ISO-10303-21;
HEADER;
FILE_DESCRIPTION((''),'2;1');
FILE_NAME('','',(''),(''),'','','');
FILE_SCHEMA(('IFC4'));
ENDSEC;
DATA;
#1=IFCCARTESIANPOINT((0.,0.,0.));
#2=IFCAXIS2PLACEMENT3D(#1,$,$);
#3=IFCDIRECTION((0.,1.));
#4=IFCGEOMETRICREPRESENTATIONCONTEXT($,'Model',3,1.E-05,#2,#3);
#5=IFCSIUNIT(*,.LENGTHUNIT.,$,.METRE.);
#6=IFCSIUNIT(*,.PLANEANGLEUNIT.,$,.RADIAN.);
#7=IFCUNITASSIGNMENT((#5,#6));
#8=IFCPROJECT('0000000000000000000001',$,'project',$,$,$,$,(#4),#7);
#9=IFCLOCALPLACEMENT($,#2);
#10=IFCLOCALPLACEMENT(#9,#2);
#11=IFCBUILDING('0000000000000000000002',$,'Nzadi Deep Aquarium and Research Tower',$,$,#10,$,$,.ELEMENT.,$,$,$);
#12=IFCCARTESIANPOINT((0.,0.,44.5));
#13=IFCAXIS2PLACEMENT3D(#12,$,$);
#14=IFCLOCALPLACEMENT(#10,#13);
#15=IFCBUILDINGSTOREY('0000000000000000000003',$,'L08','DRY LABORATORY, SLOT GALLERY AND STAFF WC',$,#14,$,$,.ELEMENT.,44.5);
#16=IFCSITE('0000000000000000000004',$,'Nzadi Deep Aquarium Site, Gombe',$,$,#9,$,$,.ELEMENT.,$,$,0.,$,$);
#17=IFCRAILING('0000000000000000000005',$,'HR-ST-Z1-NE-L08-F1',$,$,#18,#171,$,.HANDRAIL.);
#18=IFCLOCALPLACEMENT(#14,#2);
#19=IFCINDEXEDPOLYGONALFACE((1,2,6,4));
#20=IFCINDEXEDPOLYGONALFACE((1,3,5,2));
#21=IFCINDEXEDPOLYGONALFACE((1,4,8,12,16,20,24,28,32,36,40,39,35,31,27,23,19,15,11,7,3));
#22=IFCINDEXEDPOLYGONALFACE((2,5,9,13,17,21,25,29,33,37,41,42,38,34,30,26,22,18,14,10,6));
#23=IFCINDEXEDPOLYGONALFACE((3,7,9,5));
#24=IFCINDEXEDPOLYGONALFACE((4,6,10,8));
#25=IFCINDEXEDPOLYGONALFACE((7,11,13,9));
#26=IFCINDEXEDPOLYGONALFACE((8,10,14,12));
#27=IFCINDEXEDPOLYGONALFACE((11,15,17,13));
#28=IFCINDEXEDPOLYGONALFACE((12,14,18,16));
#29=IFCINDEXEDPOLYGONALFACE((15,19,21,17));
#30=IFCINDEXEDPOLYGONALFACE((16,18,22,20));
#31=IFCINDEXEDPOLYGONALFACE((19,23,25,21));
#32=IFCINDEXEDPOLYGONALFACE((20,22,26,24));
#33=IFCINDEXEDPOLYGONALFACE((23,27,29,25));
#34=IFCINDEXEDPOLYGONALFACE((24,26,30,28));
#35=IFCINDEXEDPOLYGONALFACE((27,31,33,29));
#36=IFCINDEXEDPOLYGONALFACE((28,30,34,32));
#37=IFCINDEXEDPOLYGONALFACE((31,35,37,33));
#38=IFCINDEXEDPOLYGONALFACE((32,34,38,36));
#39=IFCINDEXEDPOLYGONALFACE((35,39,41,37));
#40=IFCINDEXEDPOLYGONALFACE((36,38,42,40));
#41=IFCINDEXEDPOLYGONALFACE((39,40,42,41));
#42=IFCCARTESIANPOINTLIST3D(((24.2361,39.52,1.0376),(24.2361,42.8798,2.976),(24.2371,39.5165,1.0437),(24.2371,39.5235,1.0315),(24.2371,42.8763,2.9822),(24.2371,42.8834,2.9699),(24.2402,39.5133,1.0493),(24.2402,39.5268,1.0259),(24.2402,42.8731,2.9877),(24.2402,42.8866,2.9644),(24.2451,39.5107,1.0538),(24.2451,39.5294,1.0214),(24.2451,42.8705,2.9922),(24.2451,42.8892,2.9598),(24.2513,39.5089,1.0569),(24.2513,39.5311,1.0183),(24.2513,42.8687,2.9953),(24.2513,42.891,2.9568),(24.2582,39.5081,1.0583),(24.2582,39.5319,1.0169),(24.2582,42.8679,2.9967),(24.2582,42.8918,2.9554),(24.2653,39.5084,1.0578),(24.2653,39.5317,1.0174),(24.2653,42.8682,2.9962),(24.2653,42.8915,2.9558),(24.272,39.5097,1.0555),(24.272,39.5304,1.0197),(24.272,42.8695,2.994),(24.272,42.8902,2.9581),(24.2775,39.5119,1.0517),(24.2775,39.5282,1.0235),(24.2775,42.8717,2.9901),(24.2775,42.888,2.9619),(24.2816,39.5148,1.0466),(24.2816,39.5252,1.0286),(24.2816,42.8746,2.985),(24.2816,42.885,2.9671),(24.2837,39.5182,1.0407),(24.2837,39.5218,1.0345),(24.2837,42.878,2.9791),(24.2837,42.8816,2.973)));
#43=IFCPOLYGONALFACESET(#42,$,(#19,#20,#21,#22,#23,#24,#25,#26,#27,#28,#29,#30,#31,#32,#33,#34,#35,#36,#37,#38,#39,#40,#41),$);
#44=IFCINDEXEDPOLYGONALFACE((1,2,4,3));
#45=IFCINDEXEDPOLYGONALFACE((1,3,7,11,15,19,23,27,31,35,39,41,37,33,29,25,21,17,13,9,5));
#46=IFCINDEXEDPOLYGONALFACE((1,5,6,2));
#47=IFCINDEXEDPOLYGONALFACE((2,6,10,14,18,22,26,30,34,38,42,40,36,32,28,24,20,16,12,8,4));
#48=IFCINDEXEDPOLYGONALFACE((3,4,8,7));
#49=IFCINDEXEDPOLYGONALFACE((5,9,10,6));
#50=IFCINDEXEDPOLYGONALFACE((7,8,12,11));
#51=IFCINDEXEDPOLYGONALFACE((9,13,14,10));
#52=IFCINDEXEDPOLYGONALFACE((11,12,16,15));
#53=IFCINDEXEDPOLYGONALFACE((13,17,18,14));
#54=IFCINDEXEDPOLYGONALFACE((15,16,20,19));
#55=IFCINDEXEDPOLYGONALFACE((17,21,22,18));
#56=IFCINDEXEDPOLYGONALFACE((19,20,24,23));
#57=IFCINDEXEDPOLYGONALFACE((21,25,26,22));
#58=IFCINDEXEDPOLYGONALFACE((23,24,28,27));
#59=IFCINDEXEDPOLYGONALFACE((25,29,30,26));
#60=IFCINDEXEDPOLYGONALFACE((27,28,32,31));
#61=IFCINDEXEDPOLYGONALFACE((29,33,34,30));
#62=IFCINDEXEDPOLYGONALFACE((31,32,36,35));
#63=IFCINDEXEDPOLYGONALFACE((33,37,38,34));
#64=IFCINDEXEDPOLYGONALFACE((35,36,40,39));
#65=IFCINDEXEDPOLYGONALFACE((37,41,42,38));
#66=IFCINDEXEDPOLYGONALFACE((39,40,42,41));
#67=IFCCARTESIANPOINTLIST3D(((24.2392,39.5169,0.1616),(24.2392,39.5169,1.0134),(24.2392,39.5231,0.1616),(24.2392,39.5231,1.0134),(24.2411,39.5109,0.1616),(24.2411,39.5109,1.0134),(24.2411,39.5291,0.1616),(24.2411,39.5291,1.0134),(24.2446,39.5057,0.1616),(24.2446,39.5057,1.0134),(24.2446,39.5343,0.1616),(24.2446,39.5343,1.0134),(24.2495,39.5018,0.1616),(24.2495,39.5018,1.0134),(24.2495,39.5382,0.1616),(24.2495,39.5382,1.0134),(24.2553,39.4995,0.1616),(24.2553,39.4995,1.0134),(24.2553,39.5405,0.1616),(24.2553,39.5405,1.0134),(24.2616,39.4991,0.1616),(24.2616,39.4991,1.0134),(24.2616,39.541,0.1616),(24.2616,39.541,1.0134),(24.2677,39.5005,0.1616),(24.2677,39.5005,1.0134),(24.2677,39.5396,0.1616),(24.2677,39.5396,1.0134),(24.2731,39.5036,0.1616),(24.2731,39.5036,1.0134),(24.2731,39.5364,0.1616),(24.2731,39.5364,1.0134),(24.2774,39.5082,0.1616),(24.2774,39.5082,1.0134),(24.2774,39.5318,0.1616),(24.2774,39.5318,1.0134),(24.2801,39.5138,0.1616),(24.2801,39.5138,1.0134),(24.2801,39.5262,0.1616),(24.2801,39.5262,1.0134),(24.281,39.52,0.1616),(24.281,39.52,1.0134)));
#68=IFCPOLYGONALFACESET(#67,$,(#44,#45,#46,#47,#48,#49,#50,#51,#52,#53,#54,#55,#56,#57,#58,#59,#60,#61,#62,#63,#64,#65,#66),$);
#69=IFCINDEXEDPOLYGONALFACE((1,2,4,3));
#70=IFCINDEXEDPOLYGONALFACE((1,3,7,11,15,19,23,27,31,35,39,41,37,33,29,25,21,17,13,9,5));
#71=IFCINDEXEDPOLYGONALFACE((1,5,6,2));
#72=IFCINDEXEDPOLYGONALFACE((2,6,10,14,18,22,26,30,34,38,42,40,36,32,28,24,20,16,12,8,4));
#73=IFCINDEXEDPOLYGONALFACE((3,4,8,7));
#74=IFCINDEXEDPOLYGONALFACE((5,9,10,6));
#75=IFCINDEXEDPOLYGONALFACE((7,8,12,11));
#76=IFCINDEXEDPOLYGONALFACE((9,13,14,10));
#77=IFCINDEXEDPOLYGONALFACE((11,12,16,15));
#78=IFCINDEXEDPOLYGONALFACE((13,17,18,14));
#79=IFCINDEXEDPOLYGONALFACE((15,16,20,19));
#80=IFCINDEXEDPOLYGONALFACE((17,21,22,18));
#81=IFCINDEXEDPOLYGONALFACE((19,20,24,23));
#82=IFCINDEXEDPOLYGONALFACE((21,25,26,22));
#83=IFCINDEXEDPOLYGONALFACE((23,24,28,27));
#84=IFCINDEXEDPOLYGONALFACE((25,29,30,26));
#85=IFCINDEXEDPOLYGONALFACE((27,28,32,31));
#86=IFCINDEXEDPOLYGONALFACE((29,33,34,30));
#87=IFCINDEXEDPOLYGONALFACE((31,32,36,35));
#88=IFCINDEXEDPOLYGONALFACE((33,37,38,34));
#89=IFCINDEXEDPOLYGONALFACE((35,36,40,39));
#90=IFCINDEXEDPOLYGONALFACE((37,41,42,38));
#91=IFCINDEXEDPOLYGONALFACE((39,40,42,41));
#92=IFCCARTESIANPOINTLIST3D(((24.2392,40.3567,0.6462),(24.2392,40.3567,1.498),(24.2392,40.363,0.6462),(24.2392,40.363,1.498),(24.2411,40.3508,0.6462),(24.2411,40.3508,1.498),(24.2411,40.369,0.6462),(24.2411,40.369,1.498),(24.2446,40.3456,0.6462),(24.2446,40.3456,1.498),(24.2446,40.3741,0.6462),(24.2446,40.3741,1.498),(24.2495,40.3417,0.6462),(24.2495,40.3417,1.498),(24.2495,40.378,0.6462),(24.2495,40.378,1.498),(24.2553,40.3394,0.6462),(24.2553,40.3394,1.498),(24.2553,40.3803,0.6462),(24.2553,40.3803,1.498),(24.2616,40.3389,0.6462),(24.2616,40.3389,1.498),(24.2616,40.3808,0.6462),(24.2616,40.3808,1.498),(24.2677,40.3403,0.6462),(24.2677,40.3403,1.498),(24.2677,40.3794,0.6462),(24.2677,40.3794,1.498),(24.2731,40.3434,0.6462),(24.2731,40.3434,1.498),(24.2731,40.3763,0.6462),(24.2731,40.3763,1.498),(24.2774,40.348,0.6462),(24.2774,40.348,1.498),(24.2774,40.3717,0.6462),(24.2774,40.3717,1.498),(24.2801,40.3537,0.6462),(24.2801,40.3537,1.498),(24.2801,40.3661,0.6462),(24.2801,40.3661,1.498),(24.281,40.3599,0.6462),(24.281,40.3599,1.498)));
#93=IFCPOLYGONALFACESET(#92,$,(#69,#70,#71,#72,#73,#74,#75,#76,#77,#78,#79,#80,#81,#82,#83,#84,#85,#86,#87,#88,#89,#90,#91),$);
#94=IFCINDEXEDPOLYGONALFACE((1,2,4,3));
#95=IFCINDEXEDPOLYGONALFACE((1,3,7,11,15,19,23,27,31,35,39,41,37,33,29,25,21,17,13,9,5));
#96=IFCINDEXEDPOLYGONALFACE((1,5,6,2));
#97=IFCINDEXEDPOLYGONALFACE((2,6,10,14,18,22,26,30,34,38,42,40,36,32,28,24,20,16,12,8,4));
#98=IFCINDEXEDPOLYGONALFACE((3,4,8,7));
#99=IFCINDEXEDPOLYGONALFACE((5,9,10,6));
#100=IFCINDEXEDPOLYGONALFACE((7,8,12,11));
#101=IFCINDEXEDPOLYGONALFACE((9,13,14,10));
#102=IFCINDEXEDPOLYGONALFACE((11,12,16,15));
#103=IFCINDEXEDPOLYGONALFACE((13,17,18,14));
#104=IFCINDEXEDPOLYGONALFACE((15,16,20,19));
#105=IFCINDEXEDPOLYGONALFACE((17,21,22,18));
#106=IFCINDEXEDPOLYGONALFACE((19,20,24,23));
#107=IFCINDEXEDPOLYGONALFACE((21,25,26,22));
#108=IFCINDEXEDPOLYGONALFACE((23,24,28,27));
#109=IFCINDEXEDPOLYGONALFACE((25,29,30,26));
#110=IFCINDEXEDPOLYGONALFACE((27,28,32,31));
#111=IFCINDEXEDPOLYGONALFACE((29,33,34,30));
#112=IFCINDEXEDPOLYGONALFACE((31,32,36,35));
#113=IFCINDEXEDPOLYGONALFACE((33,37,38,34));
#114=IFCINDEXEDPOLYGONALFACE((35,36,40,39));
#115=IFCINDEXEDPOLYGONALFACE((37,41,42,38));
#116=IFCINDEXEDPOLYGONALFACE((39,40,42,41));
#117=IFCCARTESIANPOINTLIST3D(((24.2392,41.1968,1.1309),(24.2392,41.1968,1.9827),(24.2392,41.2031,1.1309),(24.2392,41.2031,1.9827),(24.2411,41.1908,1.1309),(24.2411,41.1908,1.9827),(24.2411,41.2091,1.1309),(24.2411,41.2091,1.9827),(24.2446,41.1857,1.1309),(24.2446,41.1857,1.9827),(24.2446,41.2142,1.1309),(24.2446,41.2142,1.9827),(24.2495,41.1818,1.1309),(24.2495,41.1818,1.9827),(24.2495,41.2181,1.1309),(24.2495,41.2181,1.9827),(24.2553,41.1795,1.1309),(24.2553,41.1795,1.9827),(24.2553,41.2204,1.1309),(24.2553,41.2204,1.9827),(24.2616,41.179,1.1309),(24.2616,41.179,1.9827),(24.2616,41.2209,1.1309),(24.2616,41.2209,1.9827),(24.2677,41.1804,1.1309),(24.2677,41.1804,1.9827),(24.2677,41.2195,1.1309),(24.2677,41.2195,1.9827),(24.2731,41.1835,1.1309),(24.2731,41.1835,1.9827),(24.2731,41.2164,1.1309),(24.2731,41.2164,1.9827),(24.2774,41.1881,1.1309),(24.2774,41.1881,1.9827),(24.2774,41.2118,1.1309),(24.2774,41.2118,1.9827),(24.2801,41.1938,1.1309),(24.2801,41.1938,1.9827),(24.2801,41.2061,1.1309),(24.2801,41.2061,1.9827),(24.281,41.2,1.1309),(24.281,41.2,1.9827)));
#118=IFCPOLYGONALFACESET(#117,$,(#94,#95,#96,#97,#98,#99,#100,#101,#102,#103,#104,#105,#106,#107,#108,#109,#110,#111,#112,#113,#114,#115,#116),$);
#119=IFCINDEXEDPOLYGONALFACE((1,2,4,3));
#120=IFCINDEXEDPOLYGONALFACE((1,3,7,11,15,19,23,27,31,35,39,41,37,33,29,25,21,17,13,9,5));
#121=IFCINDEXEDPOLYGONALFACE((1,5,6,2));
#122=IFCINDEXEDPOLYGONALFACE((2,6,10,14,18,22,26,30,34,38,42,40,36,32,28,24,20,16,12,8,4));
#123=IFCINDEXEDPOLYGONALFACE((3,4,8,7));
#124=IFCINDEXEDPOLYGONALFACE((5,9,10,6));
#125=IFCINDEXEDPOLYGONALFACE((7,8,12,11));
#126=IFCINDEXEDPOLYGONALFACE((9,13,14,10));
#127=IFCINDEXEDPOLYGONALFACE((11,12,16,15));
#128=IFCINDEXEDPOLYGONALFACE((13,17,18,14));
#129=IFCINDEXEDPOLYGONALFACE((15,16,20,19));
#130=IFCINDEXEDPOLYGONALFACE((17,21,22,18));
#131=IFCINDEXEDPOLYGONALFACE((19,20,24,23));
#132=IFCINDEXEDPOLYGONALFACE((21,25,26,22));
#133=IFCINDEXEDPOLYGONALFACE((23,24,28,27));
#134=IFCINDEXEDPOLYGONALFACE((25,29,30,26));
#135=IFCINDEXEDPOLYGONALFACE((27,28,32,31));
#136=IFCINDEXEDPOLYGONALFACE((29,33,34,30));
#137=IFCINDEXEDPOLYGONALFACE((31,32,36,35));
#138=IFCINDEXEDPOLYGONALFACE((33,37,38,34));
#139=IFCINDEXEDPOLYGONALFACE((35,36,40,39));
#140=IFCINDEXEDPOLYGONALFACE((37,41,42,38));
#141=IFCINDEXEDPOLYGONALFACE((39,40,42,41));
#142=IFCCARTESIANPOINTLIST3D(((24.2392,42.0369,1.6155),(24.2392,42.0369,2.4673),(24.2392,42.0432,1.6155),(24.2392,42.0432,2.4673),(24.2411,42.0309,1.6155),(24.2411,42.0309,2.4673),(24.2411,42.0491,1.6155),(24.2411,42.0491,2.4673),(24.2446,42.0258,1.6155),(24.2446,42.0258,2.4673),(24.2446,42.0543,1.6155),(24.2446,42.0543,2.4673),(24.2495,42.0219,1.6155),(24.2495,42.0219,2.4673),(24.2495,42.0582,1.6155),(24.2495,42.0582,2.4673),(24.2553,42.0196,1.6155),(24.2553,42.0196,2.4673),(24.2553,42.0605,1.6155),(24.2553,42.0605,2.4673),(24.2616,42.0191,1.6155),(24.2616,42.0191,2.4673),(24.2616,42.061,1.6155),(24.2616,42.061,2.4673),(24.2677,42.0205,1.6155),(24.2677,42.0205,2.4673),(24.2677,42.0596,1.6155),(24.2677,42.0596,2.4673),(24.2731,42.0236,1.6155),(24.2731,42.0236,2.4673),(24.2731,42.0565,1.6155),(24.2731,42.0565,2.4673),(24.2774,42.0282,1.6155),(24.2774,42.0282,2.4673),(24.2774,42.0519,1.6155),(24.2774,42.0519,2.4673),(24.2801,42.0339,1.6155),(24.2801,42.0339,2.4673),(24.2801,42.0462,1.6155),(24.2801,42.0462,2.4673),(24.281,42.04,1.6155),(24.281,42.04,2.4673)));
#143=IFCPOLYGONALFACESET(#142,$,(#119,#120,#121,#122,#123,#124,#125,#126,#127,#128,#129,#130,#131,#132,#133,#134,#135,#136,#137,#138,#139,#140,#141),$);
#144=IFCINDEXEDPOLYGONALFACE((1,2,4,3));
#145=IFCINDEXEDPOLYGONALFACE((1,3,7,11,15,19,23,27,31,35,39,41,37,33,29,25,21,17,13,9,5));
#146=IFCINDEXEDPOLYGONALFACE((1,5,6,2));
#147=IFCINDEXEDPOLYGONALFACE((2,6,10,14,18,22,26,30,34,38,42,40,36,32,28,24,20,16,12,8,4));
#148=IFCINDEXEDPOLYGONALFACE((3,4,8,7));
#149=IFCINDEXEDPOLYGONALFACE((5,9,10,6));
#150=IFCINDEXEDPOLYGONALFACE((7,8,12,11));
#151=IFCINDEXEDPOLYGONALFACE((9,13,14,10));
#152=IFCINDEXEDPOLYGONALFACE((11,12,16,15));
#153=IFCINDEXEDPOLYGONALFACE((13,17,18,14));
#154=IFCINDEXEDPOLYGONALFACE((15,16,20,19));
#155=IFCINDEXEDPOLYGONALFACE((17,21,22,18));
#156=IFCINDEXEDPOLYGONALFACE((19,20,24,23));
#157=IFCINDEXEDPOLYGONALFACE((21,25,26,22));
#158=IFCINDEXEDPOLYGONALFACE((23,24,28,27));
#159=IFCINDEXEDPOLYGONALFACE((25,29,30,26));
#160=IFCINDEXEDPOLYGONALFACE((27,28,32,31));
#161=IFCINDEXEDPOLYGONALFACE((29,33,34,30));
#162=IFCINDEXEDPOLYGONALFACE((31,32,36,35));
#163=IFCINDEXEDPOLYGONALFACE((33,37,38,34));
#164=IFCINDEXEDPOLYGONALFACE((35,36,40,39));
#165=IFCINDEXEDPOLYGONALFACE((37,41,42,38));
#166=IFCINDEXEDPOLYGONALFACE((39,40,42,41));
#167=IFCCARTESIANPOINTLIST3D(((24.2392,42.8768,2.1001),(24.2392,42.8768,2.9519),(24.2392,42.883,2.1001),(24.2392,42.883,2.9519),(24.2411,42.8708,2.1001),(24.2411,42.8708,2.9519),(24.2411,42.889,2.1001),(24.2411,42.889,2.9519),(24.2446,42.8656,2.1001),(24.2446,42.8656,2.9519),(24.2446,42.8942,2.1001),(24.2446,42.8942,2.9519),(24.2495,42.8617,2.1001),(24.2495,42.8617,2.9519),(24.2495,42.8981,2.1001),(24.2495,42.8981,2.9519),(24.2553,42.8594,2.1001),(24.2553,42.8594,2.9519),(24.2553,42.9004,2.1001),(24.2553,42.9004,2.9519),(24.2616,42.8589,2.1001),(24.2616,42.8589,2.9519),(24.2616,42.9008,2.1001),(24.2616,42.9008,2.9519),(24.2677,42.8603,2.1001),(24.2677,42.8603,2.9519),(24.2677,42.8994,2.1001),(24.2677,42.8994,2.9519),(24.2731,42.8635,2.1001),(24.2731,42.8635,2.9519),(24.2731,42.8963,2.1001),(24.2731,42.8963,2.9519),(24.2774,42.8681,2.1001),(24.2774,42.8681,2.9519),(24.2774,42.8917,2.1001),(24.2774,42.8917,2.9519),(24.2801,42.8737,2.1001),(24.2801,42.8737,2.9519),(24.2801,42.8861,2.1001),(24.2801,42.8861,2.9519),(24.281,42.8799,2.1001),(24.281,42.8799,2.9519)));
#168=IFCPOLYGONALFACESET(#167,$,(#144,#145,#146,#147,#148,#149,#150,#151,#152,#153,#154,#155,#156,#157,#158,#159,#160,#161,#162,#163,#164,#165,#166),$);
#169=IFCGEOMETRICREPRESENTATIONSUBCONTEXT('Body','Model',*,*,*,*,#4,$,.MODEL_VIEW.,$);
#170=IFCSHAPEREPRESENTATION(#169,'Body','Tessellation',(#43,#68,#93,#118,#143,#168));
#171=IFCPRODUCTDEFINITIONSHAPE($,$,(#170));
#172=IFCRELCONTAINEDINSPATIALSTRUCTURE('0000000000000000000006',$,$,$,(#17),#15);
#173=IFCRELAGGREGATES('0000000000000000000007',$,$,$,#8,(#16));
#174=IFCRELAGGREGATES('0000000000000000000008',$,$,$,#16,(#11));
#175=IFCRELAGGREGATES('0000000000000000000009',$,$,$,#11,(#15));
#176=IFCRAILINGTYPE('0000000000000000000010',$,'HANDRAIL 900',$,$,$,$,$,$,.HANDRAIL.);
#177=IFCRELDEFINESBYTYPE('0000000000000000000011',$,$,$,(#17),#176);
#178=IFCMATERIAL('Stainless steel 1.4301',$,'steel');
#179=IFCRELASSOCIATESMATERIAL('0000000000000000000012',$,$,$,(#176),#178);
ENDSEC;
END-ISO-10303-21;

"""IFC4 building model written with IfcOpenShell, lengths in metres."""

from ifc_helpers import new_model, si_unit, direction, frame, origin, origin_2d, place, context, subcontext, project, spatial, circle, extrude, material, type_object, element, save


model = new_model("IFC4")

# Units and contexts
model_context = context("Model", 3, precision=1e-05, world=origin(), true_north=direction((0.0, 1.0)))
body_context = subcontext(model_context, "Body", "Model", "MODEL_VIEW")
ifc_project = project(units=[si_unit("LENGTHUNIT", "METRE"), si_unit("PLANEANGLEUNIT", "RADIAN")], contexts=[model_context])

# Site, building, storey
site_placement = place(None, origin())
site = spatial("IfcSite", under=ifc_project, at=site_placement, Name="Nzadi Deep Aquarium Site, Gombe", CompositionType="ELEMENT", RefElevation=0.0)
building_placement = place(site_placement, origin())
building = spatial("IfcBuilding", under=site, at=building_placement, Name="Nzadi Deep Aquarium and Research Tower", CompositionType="ELEMENT")
storey_placement = place(building_placement, frame((0.0, 0.0, 44.5)))
storey = spatial("IfcBuildingStorey", under=building, at=storey_placement, Name="L08", Description="DRY LABORATORY, SLOT GALLERY AND STAFF WC", CompositionType="ELEMENT", Elevation=44.5)

# Railing
ifc_material_1 = material(Name="Stainless steel 1.4301", Category="steel")
railing_type = type_object("IfcRailingType", Name="HANDRAIL 900", PredefinedType="HANDRAIL", material=ifc_material_1)
for number, where, name in (
    (1, (24.26, 39.52, 0.1616), "HR-ST-Z1-NE-L08-F1"),
):
    element("IfcRailing", number, at=place(storey_placement, frame(where)), inside=storey, type_object=railing_type, Name=name, PredefinedType="HANDRAIL", context=body_context, shape_type="SweptSolid", body=[
        extrude(circle(Radius=0.0239, at=origin_2d()), frame((0.0, 0.0, 0.876), z_axis=(0.0, 0.866175, 0.499741), x_axis=(-1.0, 0.0, 0.0)), (0.0, 0.0, 1.0), 3.8789),
        extrude(circle(Radius=0.021, at=origin_2d()), origin(), (0.0, 0.0, 1.0), 0.8518),
        extrude(circle(Radius=0.021, at=origin_2d()), frame((0.0, 0.8398, 0.4846)), (0.0, 0.0, 1.0), 0.8518),
        extrude(circle(Radius=0.021, at=origin_2d()), frame((0.0, 1.6799, 0.9692)), (0.0, 0.0, 1.0), 0.8518),
        extrude(circle(Radius=0.021, at=origin_2d()), frame((0.0, 2.52, 1.4539)), (0.0, 0.0, 1.0), 0.8518),
        extrude(circle(Radius=0.021, at=origin_2d()), frame((0.0, 3.3599, 1.9385)), (0.0, 0.0, 1.0), 0.8518),
    ])

save(model, "model.ifc")
